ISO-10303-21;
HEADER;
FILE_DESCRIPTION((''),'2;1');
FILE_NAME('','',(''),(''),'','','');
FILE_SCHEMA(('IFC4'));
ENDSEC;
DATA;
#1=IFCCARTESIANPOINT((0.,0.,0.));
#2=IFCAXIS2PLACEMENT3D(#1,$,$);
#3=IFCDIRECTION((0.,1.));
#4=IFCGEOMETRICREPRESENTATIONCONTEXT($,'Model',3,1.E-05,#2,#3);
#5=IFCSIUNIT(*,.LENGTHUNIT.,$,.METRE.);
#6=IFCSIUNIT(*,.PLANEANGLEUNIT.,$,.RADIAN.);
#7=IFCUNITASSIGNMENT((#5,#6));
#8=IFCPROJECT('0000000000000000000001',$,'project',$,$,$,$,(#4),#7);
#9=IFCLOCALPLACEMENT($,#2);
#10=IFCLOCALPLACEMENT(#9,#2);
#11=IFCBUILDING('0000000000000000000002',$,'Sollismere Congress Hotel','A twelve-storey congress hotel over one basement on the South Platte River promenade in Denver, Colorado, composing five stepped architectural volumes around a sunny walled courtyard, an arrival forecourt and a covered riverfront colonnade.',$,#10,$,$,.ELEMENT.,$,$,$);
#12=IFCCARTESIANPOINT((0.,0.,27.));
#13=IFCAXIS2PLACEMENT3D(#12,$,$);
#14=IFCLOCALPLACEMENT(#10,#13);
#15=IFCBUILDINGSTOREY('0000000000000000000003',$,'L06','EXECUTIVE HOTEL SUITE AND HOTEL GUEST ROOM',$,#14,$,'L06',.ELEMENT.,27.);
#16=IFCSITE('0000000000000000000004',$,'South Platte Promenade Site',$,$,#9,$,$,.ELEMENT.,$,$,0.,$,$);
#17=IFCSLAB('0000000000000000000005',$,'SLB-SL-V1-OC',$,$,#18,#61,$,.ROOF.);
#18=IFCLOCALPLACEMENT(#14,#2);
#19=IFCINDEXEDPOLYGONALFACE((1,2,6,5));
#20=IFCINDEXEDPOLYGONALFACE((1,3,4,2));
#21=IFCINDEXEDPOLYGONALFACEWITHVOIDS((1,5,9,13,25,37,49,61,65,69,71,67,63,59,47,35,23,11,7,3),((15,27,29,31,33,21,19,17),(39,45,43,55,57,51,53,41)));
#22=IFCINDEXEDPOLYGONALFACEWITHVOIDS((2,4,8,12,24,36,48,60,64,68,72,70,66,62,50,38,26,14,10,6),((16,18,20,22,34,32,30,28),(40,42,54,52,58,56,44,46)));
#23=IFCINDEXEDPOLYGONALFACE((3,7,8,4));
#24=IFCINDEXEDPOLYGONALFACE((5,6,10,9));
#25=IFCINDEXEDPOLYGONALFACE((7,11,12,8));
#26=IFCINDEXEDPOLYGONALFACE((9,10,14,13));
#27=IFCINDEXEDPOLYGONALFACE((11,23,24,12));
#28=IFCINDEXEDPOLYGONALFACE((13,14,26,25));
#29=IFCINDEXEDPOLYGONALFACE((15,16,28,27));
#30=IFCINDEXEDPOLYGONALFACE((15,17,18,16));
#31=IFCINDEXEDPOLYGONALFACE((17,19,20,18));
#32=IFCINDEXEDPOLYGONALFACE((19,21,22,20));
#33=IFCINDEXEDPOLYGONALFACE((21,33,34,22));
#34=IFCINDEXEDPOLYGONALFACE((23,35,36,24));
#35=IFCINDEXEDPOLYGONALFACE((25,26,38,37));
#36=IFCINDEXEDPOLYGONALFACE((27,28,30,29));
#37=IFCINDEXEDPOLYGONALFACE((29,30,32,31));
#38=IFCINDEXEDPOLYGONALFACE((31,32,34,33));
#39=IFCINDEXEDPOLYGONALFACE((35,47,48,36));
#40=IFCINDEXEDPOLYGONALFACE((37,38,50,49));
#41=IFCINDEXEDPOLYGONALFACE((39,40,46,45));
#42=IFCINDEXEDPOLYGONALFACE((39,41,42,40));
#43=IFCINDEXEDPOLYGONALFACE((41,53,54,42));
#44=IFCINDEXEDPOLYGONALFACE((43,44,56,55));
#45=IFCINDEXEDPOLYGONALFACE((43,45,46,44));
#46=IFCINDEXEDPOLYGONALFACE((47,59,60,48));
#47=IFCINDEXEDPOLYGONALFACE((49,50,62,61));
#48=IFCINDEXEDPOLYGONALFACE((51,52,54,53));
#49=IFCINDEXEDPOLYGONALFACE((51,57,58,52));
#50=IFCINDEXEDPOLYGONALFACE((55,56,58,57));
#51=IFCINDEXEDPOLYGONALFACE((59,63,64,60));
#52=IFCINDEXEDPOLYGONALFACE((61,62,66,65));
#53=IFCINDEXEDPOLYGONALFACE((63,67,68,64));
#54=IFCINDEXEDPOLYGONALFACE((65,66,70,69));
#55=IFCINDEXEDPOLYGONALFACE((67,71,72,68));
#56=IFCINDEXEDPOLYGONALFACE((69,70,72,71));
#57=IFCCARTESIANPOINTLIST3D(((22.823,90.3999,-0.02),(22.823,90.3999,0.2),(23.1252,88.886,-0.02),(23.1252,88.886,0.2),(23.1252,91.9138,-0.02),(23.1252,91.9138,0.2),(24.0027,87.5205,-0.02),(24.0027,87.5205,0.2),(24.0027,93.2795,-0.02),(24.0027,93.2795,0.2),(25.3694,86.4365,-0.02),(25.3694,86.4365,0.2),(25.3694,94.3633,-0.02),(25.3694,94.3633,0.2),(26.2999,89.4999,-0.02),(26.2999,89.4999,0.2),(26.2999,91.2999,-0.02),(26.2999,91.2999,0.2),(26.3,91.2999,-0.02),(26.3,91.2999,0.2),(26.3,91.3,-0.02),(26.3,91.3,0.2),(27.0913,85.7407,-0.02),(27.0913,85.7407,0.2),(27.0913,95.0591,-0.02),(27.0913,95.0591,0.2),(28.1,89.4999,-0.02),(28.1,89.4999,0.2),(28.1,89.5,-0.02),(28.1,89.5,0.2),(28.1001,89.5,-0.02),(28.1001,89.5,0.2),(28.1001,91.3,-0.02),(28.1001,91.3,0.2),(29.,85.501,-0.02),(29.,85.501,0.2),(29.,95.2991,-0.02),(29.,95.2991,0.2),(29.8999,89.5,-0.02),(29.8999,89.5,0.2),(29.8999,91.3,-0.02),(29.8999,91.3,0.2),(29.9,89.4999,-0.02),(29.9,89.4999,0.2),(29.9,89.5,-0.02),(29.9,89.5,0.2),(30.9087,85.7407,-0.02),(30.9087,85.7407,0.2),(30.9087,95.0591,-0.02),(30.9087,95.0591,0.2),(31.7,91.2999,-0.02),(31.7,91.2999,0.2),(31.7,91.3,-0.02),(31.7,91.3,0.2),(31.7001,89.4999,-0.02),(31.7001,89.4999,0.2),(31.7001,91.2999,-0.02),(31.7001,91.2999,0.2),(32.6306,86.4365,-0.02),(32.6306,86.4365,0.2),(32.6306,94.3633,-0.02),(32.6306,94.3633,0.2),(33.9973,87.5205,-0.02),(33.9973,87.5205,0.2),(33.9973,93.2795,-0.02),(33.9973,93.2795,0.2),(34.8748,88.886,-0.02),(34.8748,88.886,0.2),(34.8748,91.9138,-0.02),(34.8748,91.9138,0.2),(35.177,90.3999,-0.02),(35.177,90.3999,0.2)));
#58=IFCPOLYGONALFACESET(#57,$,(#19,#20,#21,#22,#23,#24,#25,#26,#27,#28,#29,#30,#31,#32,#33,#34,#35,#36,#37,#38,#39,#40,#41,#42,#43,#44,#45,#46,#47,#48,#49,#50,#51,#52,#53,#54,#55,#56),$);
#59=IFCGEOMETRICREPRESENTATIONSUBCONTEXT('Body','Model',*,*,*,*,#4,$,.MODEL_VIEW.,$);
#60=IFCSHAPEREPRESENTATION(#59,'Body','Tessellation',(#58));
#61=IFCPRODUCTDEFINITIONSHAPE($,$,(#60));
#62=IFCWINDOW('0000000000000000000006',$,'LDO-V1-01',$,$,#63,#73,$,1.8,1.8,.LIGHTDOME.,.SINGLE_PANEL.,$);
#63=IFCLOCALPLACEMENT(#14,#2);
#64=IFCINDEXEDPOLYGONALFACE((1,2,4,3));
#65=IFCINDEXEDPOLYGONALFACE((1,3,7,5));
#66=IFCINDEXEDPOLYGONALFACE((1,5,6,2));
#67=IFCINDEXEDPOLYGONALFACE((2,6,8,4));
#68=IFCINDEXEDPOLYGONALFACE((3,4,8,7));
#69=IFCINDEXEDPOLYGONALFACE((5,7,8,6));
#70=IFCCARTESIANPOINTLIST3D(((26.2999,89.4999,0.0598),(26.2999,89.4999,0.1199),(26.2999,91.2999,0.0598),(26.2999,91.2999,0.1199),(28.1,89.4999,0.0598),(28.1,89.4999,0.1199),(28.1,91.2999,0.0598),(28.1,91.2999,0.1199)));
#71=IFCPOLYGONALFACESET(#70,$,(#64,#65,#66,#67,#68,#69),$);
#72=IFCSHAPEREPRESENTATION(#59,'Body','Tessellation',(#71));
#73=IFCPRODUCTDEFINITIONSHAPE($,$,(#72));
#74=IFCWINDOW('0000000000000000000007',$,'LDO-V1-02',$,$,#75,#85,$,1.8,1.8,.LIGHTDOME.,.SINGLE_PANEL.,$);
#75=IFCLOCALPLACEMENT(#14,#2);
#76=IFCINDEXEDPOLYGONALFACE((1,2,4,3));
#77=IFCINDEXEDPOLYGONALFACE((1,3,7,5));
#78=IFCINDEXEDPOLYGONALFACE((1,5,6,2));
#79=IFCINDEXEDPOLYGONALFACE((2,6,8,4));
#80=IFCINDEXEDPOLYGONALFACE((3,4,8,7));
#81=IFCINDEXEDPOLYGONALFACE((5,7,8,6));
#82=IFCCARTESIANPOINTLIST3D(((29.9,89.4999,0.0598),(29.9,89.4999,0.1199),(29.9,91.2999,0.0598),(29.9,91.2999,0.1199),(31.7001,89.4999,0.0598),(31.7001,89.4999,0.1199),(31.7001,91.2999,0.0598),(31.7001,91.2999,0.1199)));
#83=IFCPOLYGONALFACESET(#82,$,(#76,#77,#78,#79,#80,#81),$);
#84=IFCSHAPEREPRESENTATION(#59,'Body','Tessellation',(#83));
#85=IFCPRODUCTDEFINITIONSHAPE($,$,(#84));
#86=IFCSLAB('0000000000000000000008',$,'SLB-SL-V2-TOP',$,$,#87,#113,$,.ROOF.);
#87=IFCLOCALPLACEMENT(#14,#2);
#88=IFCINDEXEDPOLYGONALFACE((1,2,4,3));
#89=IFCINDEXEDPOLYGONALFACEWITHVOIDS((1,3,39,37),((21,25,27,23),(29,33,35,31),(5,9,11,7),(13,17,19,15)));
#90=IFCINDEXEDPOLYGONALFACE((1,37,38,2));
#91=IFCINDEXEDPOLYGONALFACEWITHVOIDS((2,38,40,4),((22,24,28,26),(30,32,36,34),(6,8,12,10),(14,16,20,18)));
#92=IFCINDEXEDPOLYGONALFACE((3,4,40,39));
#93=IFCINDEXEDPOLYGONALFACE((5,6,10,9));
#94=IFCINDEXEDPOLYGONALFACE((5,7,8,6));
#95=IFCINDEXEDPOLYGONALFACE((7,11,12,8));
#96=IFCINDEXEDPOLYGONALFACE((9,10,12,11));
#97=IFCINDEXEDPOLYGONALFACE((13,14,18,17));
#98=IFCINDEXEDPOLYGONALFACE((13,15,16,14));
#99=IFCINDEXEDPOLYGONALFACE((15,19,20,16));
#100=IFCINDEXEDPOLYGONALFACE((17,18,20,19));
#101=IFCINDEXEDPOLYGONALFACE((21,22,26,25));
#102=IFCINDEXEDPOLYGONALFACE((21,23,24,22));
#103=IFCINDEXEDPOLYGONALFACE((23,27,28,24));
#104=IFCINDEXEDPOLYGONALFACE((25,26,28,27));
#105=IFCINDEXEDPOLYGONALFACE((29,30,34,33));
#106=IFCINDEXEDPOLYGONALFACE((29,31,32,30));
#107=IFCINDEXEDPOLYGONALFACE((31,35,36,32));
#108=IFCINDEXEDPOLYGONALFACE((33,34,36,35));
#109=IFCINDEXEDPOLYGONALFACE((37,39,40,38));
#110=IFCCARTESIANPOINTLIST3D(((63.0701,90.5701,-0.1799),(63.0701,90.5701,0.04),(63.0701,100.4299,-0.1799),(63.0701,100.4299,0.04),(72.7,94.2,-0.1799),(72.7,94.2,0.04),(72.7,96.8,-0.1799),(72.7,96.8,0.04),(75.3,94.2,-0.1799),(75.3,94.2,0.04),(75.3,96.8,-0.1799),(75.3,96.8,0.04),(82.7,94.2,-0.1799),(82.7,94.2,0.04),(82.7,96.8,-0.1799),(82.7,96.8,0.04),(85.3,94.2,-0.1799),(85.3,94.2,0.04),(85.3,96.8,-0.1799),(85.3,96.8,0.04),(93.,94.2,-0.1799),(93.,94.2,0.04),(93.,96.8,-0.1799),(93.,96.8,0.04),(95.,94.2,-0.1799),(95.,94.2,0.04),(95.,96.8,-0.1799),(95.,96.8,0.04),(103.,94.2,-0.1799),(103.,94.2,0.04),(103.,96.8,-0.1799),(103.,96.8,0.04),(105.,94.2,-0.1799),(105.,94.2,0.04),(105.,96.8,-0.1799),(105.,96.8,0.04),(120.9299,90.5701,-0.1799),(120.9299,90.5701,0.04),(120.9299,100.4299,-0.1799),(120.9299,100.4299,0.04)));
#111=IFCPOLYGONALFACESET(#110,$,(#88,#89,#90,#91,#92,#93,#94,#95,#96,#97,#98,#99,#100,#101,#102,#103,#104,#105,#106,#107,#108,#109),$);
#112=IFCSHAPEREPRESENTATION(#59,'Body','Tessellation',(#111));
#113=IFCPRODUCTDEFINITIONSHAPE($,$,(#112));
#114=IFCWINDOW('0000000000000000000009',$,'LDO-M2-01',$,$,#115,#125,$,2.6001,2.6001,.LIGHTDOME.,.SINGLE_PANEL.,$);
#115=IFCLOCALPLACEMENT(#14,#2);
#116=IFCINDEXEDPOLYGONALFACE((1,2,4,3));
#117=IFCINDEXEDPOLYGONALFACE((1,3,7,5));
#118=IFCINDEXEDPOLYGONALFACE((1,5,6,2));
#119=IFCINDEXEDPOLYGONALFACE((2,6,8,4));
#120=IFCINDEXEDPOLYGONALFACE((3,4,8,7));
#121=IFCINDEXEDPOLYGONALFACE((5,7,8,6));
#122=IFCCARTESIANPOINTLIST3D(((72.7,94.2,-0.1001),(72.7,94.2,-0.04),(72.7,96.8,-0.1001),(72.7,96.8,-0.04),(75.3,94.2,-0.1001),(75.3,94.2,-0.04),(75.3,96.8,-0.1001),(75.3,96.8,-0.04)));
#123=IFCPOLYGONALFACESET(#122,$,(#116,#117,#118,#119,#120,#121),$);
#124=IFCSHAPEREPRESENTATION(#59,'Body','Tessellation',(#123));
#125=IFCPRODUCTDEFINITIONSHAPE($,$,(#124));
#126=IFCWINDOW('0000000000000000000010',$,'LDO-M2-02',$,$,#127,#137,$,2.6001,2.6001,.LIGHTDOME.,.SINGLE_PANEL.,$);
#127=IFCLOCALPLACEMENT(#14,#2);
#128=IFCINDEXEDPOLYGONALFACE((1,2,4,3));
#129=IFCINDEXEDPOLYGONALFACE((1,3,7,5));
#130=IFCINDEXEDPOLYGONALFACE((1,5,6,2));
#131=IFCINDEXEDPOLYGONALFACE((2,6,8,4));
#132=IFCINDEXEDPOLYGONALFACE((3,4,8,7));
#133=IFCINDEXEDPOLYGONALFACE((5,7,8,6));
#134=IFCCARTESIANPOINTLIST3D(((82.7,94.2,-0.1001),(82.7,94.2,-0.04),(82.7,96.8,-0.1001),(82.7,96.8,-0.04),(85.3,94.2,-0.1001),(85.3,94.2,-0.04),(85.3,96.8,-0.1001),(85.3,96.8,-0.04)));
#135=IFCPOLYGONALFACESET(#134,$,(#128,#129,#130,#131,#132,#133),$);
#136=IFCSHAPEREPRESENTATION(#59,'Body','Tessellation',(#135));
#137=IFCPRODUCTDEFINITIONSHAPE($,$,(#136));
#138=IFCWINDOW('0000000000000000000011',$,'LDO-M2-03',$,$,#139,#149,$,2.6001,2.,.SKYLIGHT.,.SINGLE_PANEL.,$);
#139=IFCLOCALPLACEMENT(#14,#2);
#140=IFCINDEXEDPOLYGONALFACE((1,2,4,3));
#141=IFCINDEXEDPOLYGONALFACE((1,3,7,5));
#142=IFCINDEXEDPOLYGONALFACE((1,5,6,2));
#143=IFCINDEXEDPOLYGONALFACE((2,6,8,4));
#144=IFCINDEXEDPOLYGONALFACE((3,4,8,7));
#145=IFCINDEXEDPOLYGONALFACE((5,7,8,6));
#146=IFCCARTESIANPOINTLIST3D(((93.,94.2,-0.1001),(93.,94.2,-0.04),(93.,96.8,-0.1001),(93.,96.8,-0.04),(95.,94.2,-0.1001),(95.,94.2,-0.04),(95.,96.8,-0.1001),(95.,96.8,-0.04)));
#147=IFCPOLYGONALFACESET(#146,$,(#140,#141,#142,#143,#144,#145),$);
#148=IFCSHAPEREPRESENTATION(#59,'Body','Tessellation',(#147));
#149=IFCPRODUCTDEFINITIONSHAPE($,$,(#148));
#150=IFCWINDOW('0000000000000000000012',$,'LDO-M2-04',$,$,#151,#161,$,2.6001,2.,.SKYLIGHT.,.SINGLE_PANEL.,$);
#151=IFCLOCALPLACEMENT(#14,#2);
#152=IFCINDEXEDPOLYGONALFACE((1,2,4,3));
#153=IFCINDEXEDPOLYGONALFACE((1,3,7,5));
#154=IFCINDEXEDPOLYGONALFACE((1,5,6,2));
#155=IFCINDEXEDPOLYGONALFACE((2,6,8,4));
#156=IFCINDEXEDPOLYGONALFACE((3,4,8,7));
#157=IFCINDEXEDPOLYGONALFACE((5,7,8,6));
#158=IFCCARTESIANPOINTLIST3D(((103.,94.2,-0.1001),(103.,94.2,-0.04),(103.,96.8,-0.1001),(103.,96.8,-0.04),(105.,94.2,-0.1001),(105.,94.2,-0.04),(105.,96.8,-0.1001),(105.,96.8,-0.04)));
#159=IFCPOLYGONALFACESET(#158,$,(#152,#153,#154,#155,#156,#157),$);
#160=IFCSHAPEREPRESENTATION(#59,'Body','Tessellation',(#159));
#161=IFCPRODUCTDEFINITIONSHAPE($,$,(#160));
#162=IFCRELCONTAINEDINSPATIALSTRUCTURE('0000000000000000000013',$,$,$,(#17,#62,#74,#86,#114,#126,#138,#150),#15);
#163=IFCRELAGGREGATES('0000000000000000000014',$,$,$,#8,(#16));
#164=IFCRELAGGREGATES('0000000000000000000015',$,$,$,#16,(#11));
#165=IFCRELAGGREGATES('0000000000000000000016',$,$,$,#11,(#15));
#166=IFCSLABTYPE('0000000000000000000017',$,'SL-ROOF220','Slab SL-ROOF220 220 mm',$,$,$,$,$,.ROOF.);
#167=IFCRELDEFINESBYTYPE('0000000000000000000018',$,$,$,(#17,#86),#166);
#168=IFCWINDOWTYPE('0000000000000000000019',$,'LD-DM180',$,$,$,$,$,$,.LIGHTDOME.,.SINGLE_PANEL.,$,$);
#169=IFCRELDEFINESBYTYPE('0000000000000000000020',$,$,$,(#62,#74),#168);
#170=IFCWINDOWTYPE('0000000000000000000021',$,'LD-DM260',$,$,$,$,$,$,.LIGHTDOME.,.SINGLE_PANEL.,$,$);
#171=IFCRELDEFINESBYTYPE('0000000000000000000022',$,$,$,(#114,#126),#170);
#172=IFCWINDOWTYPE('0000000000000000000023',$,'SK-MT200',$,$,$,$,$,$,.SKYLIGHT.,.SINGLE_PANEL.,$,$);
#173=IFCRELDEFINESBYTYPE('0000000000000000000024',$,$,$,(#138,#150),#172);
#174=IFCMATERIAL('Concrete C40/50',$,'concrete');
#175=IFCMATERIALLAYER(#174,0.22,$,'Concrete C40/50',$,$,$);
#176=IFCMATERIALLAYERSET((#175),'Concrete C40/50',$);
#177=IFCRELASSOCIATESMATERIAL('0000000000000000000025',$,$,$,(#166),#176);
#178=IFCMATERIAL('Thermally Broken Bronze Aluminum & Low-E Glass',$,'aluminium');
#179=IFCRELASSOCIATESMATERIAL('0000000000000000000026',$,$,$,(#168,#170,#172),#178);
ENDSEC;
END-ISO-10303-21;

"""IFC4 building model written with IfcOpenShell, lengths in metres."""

from ifc_helpers import new_model, si_unit, direction, frame, origin, origin_2d, place, context, subcontext, project, spatial, polyline, rectangle, outline, extrude, material, layer, layer_set, type_object, element, fill, save


model = new_model("IFC4")

# Units and contexts
model_context = context("Model", 3, precision=1e-05, world=origin(), true_north=direction((0.0, 1.0)))
body_context = subcontext(model_context, "Body", "Model", "MODEL_VIEW")
ifc_project = project(units=[si_unit("LENGTHUNIT", "METRE"), si_unit("PLANEANGLEUNIT", "RADIAN")], contexts=[model_context])

# Site, building, storey
site_placement = place(None, origin())
site = spatial("IfcSite", under=ifc_project, at=site_placement, Name="South Platte Promenade Site", CompositionType="ELEMENT", RefElevation=0.0)
building_placement = place(site_placement, origin())
building = spatial("IfcBuilding", under=site, at=building_placement, Name="Sollismere Congress Hotel", Description="A twelve-storey congress hotel over one basement on the South Platte River promenade in Denver, Colorado, composing five stepped architectural volumes around a sunny walled courtyard, an arrival forecourt and a covered riverfront colonnade.", CompositionType="ELEMENT")
storey_placement = place(building_placement, frame((0.0, 0.0, 27.0)))
storey = spatial("IfcBuildingStorey", under=building, at=storey_placement, Name="L06", Description="EXECUTIVE HOTEL SUITE AND HOTEL GUEST ROOM", LongName="L06", CompositionType="ELEMENT", Elevation=27.0)

# Shared definitions
ifc_material_1 = material(Name="Concrete C40/50", Category="concrete")

# Slabs, openings, windows
ifc_layer_1 = layer(ifc_material_1, 0.22, Name="Concrete C40/50")
ifc_layer_set_1 = layer_set([ifc_layer_1], Name="Concrete C40/50")
slab_type_1 = type_object("IfcSlabType", Name="SL-ROOF220", Description="Slab SL-ROOF220 220 mm", PredefinedType="ROOF", material=ifc_layer_set_1)
slab_1_placement = place(storey_placement, frame((0.0, 0.0, -0.02)))
slab_1 = element("IfcSlab", 1, at=slab_1_placement, inside=storey, type_object=slab_type_1, Name="SLB-SL-V1-OC", PredefinedType="ROOF", context=body_context, shape_type="SweptSolid", body=[
    extrude(outline(polyline([(35.177, 90.3999), (34.8748, 91.9138), (33.9973, 93.2795), (32.6306, 94.3633), (30.9087, 95.0591), (29.0, 95.2991), (27.0913, 95.0591), (25.3694, 94.3633), (24.0027, 93.2795), (23.1252, 91.9138), (22.823, 90.3999), (23.1252, 88.886), (24.0027, 87.5205), (25.3694, 86.4365), (27.0913, 85.7407), (29.0, 85.501), (30.9087, 85.7407), (32.6306, 86.4365), (33.9973, 87.5205), (34.8748, 88.886), (35.177, 90.3999)]), holes=[polyline([(26.3, 91.3), (28.1001, 91.3), (28.1001, 89.5), (26.3, 89.5), (26.3, 91.3)]), polyline([(29.8999, 91.3), (31.7, 91.3), (31.7, 89.5), (29.8999, 89.5), (29.8999, 91.3)])]), origin(), (0.0, 0.0, 1.0), 0.22),
])
opening_1_placement = place(slab_1_placement, frame((27.2, 90.3999, -0.01)))
opening_1 = element("IfcOpeningElement", 2, at=opening_1_placement, cuts=slab_1, PredefinedType="OPENING", context=body_context, shape_type="SweptSolid", body=[
    extrude(rectangle(XDim=1.8, YDim=1.8, at=origin_2d()), origin(), (0.0, 0.0, 1.0), 0.24),
])
opening_2_placement = place(slab_1_placement, frame((30.8, 90.3999, -0.01)))
opening_2 = element("IfcOpeningElement", 3, at=opening_2_placement, cuts=slab_1, PredefinedType="OPENING", context=body_context, shape_type="SweptSolid", body=[
    extrude(rectangle(XDim=1.8, YDim=1.8, at=origin_2d()), origin(), (0.0, 0.0, 1.0), 0.24),
])
ifc_material_2 = material(Name="Thermally Broken Bronze Aluminum & Low-E Glass", Category="aluminium")
window_type_1 = type_object("IfcWindowType", Name="LD-DM180", PartitioningType="SINGLE_PANEL", PredefinedType="LIGHTDOME", material=ifc_material_2)
window_1_placement = place(opening_1_placement, frame((0.0, 0.0, 0.0898)))
window_1 = element("IfcWindow", 4, at=window_1_placement, inside=storey, type_object=window_type_1, Name="LDO-V1-01", OverallHeight=1.8, OverallWidth=1.8, PartitioningType="SINGLE_PANEL", PredefinedType="LIGHTDOME", context=body_context, shape_type="SweptSolid", body=[
    extrude(rectangle(XDim=1.8, YDim=1.8, at=origin_2d()), origin(), (0.0, 0.0, 1.0), 0.0601),
])
fill(opening_1, window_1)
window_2_placement = place(opening_2_placement, frame((0.0, 0.0, 0.0898)))
window_2 = element("IfcWindow", 5, at=window_2_placement, inside=storey, type_object=window_type_1, Name="LDO-V1-02", OverallHeight=1.8, OverallWidth=1.8, PartitioningType="SINGLE_PANEL", PredefinedType="LIGHTDOME", context=body_context, shape_type="SweptSolid", body=[
    extrude(rectangle(XDim=1.8, YDim=1.8, at=origin_2d()), origin(), (0.0, 0.0, 1.0), 0.0601),
])
fill(opening_2, window_2)
slab_2_placement = place(storey_placement, frame((0.0, 0.0, -0.1799)))
slab_2 = element("IfcSlab", 6, at=slab_2_placement, inside=storey, type_object=slab_type_1, Name="SLB-SL-V2-TOP", PredefinedType="ROOF", context=body_context, shape_type="SweptSolid", body=[
    extrude(outline(polyline([(63.0701, 90.5701), (120.9299, 90.5701), (120.9299, 100.4299), (63.0701, 100.4299), (63.0701, 90.5701)]), holes=[polyline([(72.7, 96.8), (75.3, 96.8), (75.3, 94.2), (72.7, 94.2), (72.7, 96.8)]), polyline([(82.7, 96.8), (85.3, 96.8), (85.3, 94.2), (82.7, 94.2), (82.7, 96.8)]), polyline([(93.0, 96.8), (95.0, 96.8), (95.0, 94.2), (93.0, 94.2), (93.0, 96.8)]), polyline([(103.0, 96.8), (105.0, 96.8), (105.0, 94.2), (103.0, 94.2), (103.0, 96.8)])]), origin(), (0.0, 0.0, 1.0), 0.22),
])
opening_3_placement = place(slab_2_placement, frame((74.0, 95.5, -0.01)))
opening_3 = element("IfcOpeningElement", 7, at=opening_3_placement, cuts=slab_2, PredefinedType="OPENING", context=body_context, shape_type="SweptSolid", body=[
    extrude(rectangle(XDim=2.6001, YDim=2.6001, at=origin_2d()), origin(), (0.0, 0.0, 1.0), 0.24),
])
opening_4_placement = place(slab_2_placement, frame((84.0, 95.5, -0.01)))
opening_4 = element("IfcOpeningElement", 8, at=opening_4_placement, cuts=slab_2, PredefinedType="OPENING", context=body_context, shape_type="SweptSolid", body=[
    extrude(rectangle(XDim=2.6001, YDim=2.6001, at=origin_2d()), origin(), (0.0, 0.0, 1.0), 0.24),
])
opening_5_placement = place(slab_2_placement, frame((94.0, 95.5, -0.01)))
opening_5 = element("IfcOpeningElement", 9, at=opening_5_placement, cuts=slab_2, PredefinedType="OPENING", context=body_context, shape_type="SweptSolid", body=[
    extrude(rectangle(XDim=2.0, YDim=2.6001, at=origin_2d()), origin(), (0.0, 0.0, 1.0), 0.24),
])
opening_6_placement = place(slab_2_placement, frame((104.0, 95.5, -0.01)))
opening_6 = element("IfcOpeningElement", 10, at=opening_6_placement, cuts=slab_2, PredefinedType="OPENING", context=body_context, shape_type="SweptSolid", body=[
    extrude(rectangle(XDim=2.0, YDim=2.6001, at=origin_2d()), origin(), (0.0, 0.0, 1.0), 0.24),
])
window_type_2 = type_object("IfcWindowType", Name="LD-DM260", PartitioningType="SINGLE_PANEL", PredefinedType="LIGHTDOME", material=ifc_material_2)
window_3_placement = place(opening_3_placement, frame((0.0, 0.0, 0.0898)))
window_3 = element("IfcWindow", 11, at=window_3_placement, inside=storey, type_object=window_type_2, Name="LDO-M2-01", OverallHeight=2.6001, OverallWidth=2.6001, PartitioningType="SINGLE_PANEL", PredefinedType="LIGHTDOME", context=body_context, shape_type="SweptSolid", body=[
    extrude(rectangle(XDim=2.6001, YDim=2.6001, at=origin_2d()), origin(), (0.0, 0.0, 1.0), 0.0601),
])
fill(opening_3, window_3)
window_4_placement = place(opening_4_placement, frame((0.0, 0.0, 0.0898)))
window_4 = element("IfcWindow", 12, at=window_4_placement, inside=storey, type_object=window_type_2, Name="LDO-M2-02", OverallHeight=2.6001, OverallWidth=2.6001, PartitioningType="SINGLE_PANEL", PredefinedType="LIGHTDOME", context=body_context, shape_type="SweptSolid", body=[
    extrude(rectangle(XDim=2.6001, YDim=2.6001, at=origin_2d()), origin(), (0.0, 0.0, 1.0), 0.0601),
])
fill(opening_4, window_4)
window_type_3 = type_object("IfcWindowType", Name="SK-MT200", PartitioningType="SINGLE_PANEL", PredefinedType="SKYLIGHT", material=ifc_material_2)
window_5_placement = place(opening_5_placement, frame((0.0, 0.0, 0.0898)))
window_5 = element("IfcWindow", 13, at=window_5_placement, inside=storey, type_object=window_type_3, Name="LDO-M2-03", OverallHeight=2.6001, OverallWidth=2.0, PartitioningType="SINGLE_PANEL", PredefinedType="SKYLIGHT", context=body_context, shape_type="SweptSolid", body=[
    extrude(rectangle(XDim=2.0, YDim=2.6001, at=origin_2d()), origin(), (0.0, 0.0, 1.0), 0.0601),
])
fill(opening_5, window_5)
window_6_placement = place(opening_6_placement, frame((0.0, 0.0, 0.0898)))
window_6 = element("IfcWindow", 14, at=window_6_placement, inside=storey, type_object=window_type_3, Name="LDO-M2-04", OverallHeight=2.6001, OverallWidth=2.0, PartitioningType="SINGLE_PANEL", PredefinedType="SKYLIGHT", context=body_context, shape_type="SweptSolid", body=[
    extrude(rectangle(XDim=2.0, YDim=2.6001, at=origin_2d()), origin(), (0.0, 0.0, 1.0), 0.0601),
])
fill(opening_6, window_6)

save(model, "model.ifc")
